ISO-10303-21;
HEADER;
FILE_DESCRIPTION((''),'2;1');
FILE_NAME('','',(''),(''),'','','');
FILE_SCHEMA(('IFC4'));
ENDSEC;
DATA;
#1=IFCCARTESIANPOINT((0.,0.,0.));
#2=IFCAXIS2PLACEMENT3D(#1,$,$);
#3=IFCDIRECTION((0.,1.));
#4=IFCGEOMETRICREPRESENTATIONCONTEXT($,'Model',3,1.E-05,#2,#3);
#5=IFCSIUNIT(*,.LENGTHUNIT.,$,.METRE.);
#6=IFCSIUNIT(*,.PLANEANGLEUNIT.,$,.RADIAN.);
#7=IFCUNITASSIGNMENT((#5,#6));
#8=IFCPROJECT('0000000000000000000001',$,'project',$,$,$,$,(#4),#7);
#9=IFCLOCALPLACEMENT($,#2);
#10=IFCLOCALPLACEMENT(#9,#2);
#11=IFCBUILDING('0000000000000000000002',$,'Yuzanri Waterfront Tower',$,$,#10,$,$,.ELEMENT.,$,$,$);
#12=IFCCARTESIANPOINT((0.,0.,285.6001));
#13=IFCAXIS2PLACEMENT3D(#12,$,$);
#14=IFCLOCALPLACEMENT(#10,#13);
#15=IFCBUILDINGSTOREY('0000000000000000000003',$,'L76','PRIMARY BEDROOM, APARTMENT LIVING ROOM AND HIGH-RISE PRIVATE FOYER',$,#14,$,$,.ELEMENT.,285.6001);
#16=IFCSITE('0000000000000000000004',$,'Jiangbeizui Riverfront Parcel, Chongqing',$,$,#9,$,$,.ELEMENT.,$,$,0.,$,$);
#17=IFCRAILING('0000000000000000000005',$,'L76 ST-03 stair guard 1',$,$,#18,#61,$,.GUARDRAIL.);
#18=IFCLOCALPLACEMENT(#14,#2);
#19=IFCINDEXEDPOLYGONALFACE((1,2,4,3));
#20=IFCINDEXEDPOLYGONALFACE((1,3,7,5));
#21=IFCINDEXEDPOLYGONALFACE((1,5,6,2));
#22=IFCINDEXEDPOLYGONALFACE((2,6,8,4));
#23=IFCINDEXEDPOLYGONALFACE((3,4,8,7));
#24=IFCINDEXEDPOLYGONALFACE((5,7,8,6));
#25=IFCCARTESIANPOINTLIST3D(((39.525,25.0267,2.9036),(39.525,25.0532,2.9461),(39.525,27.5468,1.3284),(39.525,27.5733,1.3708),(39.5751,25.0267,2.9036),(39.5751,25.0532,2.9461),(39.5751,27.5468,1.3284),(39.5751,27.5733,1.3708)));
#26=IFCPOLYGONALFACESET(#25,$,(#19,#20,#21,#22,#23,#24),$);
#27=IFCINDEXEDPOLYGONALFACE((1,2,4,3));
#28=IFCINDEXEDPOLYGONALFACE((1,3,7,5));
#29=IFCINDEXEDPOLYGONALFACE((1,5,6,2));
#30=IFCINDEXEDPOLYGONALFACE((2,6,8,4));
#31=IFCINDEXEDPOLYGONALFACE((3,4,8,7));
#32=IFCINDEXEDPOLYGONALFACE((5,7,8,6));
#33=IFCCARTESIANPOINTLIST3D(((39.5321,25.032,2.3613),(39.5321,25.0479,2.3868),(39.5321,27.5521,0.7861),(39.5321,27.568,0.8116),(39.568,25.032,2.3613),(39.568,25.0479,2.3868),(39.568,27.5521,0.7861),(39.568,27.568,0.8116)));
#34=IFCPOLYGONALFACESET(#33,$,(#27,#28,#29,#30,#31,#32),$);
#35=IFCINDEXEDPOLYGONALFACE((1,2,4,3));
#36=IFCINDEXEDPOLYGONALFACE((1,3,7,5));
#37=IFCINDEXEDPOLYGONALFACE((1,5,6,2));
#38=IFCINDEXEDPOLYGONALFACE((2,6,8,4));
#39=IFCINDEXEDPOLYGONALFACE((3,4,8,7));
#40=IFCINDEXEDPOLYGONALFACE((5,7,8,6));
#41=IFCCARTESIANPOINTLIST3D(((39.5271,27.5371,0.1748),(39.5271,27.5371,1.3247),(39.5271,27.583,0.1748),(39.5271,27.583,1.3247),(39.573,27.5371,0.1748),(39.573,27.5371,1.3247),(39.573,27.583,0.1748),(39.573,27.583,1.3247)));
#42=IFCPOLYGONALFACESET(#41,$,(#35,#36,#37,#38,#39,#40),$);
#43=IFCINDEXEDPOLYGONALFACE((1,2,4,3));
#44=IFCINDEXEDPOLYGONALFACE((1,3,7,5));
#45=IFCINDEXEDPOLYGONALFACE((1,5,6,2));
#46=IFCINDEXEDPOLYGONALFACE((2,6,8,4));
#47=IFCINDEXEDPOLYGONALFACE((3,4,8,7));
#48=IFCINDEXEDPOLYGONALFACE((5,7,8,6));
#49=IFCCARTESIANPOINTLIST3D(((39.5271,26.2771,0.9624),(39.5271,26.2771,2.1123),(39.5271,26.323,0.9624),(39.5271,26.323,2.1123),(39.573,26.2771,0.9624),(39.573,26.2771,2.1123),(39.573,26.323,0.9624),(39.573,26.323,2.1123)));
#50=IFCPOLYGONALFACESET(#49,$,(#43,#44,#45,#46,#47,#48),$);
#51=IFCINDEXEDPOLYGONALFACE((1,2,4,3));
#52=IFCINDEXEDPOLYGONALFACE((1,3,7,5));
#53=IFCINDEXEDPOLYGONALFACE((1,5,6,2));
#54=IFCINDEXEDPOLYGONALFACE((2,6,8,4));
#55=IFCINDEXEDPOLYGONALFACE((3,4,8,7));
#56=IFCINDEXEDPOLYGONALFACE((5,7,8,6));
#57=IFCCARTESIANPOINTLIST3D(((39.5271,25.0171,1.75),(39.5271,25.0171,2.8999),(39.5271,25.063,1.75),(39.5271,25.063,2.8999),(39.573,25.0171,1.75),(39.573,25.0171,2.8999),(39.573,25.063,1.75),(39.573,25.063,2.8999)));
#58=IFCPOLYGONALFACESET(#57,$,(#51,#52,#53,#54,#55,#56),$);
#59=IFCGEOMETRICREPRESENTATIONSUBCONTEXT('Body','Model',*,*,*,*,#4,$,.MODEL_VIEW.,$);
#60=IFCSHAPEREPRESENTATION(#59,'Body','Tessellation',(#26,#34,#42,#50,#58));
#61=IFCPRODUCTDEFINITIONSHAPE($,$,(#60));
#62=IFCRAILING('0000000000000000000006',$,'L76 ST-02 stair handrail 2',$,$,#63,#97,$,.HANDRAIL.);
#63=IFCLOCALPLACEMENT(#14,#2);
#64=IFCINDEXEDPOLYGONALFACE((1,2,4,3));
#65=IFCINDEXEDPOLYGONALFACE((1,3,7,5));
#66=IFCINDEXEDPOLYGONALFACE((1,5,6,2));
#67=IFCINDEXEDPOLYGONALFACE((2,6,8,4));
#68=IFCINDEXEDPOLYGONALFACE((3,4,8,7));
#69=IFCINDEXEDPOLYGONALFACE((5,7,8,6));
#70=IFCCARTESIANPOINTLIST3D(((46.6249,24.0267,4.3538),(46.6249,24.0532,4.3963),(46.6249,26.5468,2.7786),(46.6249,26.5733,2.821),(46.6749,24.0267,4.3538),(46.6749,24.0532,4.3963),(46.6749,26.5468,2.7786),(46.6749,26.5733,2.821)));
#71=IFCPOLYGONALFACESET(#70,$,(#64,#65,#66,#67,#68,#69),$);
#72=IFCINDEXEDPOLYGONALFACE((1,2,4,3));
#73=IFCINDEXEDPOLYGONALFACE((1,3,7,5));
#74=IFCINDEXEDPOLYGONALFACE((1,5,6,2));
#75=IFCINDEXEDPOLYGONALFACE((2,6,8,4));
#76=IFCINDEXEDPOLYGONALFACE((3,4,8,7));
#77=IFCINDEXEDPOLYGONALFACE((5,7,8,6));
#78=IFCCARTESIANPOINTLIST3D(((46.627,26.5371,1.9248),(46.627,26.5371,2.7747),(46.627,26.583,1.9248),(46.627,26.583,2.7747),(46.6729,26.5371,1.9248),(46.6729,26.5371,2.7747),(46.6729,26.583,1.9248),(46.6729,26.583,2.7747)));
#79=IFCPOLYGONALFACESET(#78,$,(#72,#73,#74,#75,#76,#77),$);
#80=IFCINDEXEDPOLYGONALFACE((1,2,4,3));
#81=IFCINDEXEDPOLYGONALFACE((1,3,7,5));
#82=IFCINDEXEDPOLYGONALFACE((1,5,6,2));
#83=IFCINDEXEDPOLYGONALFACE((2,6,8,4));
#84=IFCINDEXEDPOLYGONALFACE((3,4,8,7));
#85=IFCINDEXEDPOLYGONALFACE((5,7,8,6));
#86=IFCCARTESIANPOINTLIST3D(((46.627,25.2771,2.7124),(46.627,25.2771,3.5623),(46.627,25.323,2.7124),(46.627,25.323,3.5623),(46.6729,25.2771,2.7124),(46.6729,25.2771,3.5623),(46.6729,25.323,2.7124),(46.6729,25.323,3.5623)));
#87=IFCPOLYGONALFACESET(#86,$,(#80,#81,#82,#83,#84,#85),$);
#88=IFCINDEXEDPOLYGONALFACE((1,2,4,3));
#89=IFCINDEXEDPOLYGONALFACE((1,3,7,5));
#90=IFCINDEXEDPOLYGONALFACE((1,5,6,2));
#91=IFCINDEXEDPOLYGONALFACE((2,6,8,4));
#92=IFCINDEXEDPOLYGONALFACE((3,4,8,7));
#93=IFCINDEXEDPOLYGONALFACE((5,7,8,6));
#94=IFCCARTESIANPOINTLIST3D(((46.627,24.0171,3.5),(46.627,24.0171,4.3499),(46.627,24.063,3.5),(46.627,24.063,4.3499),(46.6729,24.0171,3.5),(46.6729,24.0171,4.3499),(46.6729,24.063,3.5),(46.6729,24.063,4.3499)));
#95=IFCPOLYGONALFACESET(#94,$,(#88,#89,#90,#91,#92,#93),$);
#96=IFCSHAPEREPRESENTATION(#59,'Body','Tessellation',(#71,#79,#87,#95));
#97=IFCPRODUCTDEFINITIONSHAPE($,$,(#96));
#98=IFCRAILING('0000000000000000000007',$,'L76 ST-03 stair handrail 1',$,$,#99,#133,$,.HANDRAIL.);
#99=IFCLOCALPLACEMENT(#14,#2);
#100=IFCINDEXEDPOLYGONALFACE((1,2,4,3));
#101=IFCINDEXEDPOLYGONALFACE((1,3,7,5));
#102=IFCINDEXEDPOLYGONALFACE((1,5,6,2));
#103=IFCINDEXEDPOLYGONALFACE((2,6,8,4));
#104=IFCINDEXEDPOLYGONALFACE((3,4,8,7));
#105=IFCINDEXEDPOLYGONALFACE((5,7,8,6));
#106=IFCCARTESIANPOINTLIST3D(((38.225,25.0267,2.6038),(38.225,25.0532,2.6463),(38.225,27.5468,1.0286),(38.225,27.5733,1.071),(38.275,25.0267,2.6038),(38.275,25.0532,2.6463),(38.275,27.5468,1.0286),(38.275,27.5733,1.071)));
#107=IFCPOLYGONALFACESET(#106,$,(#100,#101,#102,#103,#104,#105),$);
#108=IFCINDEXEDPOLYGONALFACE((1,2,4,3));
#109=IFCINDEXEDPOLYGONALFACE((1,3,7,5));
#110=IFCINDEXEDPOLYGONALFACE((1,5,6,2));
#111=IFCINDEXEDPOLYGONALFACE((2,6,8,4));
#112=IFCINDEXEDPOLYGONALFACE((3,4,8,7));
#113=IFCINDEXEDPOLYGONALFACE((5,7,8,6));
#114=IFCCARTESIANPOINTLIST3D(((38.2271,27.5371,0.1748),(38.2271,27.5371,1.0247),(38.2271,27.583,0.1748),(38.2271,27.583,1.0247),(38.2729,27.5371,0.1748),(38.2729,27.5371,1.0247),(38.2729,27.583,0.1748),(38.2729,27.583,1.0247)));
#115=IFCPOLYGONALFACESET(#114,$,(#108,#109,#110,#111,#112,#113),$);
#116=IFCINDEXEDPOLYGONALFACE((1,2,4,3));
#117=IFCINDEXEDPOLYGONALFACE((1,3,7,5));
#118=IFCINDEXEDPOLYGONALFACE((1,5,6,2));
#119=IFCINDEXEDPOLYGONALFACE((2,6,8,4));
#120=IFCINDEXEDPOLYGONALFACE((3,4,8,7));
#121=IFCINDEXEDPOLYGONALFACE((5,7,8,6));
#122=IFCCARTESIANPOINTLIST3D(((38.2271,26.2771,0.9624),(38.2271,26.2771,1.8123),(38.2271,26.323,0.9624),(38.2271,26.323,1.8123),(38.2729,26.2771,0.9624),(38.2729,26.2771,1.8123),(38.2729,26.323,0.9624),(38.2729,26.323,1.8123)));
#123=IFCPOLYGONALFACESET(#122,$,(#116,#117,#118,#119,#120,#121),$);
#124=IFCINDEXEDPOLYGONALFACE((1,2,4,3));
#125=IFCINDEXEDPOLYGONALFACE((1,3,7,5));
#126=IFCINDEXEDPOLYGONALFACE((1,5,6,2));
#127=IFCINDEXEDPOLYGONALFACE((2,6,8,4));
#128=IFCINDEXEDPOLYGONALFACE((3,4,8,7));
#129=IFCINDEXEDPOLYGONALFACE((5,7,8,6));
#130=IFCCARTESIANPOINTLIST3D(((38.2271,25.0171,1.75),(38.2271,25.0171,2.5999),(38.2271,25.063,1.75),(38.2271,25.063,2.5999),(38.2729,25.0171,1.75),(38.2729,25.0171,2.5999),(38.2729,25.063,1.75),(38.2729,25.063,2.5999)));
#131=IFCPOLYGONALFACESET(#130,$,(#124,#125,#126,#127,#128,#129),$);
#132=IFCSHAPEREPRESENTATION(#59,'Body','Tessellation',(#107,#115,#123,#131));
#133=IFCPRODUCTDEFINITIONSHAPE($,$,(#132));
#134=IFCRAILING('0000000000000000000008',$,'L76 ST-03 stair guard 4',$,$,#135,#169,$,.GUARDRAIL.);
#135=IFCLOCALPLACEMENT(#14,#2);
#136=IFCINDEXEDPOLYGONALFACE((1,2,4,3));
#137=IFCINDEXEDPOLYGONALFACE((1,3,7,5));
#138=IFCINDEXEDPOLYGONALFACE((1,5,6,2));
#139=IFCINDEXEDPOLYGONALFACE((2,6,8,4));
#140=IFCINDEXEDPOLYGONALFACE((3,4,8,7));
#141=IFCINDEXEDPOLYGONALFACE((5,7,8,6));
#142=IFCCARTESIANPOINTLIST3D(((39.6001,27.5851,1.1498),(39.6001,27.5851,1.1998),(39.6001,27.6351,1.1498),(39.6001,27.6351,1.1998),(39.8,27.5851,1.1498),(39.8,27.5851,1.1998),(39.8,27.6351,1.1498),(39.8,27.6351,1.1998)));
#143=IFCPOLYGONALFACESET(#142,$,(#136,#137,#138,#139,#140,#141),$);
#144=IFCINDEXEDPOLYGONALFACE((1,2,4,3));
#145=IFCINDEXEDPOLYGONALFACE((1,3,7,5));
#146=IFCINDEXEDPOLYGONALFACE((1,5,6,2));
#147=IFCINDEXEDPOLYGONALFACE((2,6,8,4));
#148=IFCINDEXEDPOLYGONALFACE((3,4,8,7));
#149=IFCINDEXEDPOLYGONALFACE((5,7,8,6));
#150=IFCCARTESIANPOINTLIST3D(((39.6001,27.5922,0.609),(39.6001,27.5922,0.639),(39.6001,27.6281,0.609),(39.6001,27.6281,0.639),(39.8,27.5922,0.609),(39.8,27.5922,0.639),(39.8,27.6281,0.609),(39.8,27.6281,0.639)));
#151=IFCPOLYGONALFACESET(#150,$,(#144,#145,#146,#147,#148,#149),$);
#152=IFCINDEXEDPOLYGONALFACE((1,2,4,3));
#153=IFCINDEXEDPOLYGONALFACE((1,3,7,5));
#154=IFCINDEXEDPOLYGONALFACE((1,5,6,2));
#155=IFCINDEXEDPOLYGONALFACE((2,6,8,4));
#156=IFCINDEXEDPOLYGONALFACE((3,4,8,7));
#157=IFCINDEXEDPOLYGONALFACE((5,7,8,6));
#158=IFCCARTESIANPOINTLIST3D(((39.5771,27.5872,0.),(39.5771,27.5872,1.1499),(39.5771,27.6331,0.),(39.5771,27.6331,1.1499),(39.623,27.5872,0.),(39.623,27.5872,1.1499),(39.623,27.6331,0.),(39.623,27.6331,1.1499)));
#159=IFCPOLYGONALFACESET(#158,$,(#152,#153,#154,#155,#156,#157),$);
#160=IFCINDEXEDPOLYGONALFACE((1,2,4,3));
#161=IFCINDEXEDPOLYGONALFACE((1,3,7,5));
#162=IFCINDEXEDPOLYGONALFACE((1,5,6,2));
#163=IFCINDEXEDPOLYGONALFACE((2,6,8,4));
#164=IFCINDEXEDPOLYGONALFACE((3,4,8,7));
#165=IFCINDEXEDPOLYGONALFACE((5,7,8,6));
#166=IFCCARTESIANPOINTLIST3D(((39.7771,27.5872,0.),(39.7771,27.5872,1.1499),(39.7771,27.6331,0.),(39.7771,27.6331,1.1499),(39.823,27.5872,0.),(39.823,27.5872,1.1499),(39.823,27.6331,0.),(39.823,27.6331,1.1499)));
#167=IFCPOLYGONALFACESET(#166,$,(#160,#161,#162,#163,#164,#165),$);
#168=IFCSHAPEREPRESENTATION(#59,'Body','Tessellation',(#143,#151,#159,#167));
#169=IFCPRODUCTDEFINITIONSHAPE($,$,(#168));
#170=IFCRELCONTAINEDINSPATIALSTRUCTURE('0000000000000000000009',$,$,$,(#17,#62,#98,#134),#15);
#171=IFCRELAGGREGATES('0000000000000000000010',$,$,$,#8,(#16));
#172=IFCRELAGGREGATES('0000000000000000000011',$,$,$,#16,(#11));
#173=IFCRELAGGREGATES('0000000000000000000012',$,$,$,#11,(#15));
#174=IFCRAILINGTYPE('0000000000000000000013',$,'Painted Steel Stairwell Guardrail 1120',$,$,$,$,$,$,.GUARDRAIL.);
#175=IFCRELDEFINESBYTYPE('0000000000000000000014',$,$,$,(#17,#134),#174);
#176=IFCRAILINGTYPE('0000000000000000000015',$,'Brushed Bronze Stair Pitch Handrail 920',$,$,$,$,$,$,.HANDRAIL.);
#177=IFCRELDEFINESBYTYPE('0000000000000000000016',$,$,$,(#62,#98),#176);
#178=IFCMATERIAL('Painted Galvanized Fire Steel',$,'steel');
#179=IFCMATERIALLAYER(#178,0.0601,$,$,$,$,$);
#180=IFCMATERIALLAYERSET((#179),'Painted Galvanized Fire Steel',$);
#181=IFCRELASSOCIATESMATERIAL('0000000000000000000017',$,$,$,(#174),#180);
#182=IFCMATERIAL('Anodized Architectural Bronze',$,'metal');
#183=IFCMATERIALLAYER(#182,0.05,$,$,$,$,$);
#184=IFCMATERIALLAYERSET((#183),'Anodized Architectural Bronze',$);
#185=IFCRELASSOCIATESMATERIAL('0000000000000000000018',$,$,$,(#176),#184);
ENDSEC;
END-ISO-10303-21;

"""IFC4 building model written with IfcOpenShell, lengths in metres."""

from ifc_helpers import new_model, si_unit, direction, frame, origin, origin_2d, place, context, subcontext, project, spatial, rectangle, extrude, source, transform, mapped, material, layer, layer_set, type_object, element, save


model = new_model("IFC4")

# Units and contexts
model_context = context("Model", 3, precision=1e-05, world=origin(), true_north=direction((0.0, 1.0)))
body_context = subcontext(model_context, "Body", "Model", "MODEL_VIEW")
ifc_project = project(units=[si_unit("LENGTHUNIT", "METRE"), si_unit("PLANEANGLEUNIT", "RADIAN")], contexts=[model_context])

# Site, building, storey
site_placement = place(None, origin())
site = spatial("IfcSite", under=ifc_project, at=site_placement, Name="Jiangbeizui Riverfront Parcel, Chongqing", CompositionType="ELEMENT", RefElevation=0.0)
building_placement = place(site_placement, origin())
building = spatial("IfcBuilding", under=site, at=building_placement, Name="Yuzanri Waterfront Tower", CompositionType="ELEMENT")
storey_placement = place(building_placement, frame((0.0, 0.0, 285.6001)))
storey = spatial("IfcBuildingStorey", under=building, at=storey_placement, Name="L76", Description="PRIMARY BEDROOM, APARTMENT LIVING ROOM AND HIGH-RISE PRIVATE FOYER", CompositionType="ELEMENT", Elevation=285.6001)

# Railings
ifc_material_1 = material(Name="Painted Galvanized Fire Steel", Category="steel")
ifc_layer_1 = layer(ifc_material_1, 0.0601)
ifc_layer_set_1 = layer_set([ifc_layer_1], Name="Painted Galvanized Fire Steel")
railing_type_1 = type_object("IfcRailingType", Name="Painted Steel Stairwell Guardrail 1120", PredefinedType="GUARDRAIL", material=ifc_layer_set_1)
shared_shape_1 = source(origin(), body_context, "Body", "SweptSolid", [
    extrude(rectangle(XDim=0.05, YDim=0.05, at=origin_2d()), frame((0.0, 0.0, 1.1748), z_axis=(0.0, -0.847971, 0.530043), x_axis=(1.0, 0.0, 0.0)), (0.0, 0.0, 1.0), 2.9719),
    extrude(rectangle(XDim=0.0359, YDim=0.03, at=origin_2d()), frame((0.0, 0.0, 0.624), z_axis=(0.0, -0.847971, 0.530043), x_axis=(1.0, 0.0, 0.0)), (0.0, 0.0, 1.0), 2.9719),
    extrude(rectangle(XDim=0.0459, YDim=0.0459, at=origin_2d()), origin(), (0.0, 0.0, 1.0), 1.1499),
    extrude(rectangle(XDim=0.0459, YDim=0.0459, at=origin_2d()), frame((0.0, -1.26, 0.7876)), (0.0, 0.0, 1.0), 1.1499),
    extrude(rectangle(XDim=0.0459, YDim=0.0459, at=origin_2d()), frame((0.0, -2.52, 1.5752)), (0.0, 0.0, 1.0), 1.1499),
])
for number, where, name in (
    (1, (39.55, 27.5601, 0.1748), "L76 ST-03 stair guard 1"),
):
    element("IfcRailing", number, at=place(storey_placement, frame(where)), inside=storey, type_object=railing_type_1, Name=name, PredefinedType="GUARDRAIL", context=body_context, shape_type="MappedRepresentation", body=[
        mapped(shared_shape_1, transform((0.0, 0.0, 0.0), scale=1.0)),
    ])
ifc_material_2 = material(Name="Anodized Architectural Bronze", Category="metal")
ifc_layer_2 = layer(ifc_material_2, 0.05)
ifc_layer_set_2 = layer_set([ifc_layer_2], Name="Anodized Architectural Bronze")
railing_type_2 = type_object("IfcRailingType", Name="Brushed Bronze Stair Pitch Handrail 920", PredefinedType="HANDRAIL", material=ifc_layer_set_2)
shared_shape_2 = source(origin(), body_context, "Body", "SweptSolid", [
    extrude(rectangle(XDim=0.05, YDim=0.05, at=origin_2d()), frame((0.0, 0.0, 0.875), z_axis=(0.0, -0.847971, 0.530043), x_axis=(1.0, 0.0, 0.0)), (0.0, 0.0, 1.0), 2.9719),
    extrude(rectangle(XDim=0.0459, YDim=0.0459, at=origin_2d()), origin(), (0.0, 0.0, 1.0), 0.8499),
    extrude(rectangle(XDim=0.0459, YDim=0.0459, at=origin_2d()), frame((0.0, -1.26, 0.7876)), (0.0, 0.0, 1.0), 0.8499),
    extrude(rectangle(XDim=0.0459, YDim=0.0459, at=origin_2d()), frame((0.0, -2.52, 1.5752)), (0.0, 0.0, 1.0), 0.8499),
])
for number, where, name in (
    (2, (46.6499, 26.5601, 1.9248), "L76 ST-02 stair handrail 2"),
    (3, (38.25, 27.5601, 0.1748), "L76 ST-03 stair handrail 1"),
):
    element("IfcRailing", number, at=place(storey_placement, frame(where)), inside=storey, type_object=railing_type_2, Name=name, PredefinedType="HANDRAIL", context=body_context, shape_type="MappedRepresentation", body=[
        mapped(shared_shape_2, transform((0.0, 0.0, 0.0), scale=1.0)),
    ])
shared_shape_3 = source(origin(), body_context, "Body", "SweptSolid", [
    extrude(rectangle(XDim=0.05, YDim=0.05, at=origin_2d()), frame((0.0, 0.0, 1.1748), z_axis=(1.0, 0.0, 0.0), x_axis=(0.0, 1.0, 0.0)), (0.0, 0.0, 1.0), 0.2),
    extrude(rectangle(XDim=0.0359, YDim=0.03, at=origin_2d()), frame((0.0, 0.0, 0.624), z_axis=(1.0, 0.0, 0.0), x_axis=(0.0, 1.0, 0.0)), (0.0, 0.0, 1.0), 0.2),
    extrude(rectangle(XDim=0.0459, YDim=0.0459, at=origin_2d()), origin(), (0.0, 0.0, 1.0), 1.1499),
    extrude(rectangle(XDim=0.0459, YDim=0.0459, at=origin_2d()), frame((0.2, 0.0, 0.0)), (0.0, 0.0, 1.0), 1.1499),
])
railing_placement = place(storey_placement, frame((39.6001, 27.6101, 0.0)))
element("IfcRailing", 4, at=railing_placement, inside=storey, type_object=railing_type_1, Name="L76 ST-03 stair guard 4", PredefinedType="GUARDRAIL", context=body_context, shape_type="MappedRepresentation", body=[
    mapped(shared_shape_3, transform((0.0, 0.0, 0.0), scale=1.0)),
])

save(model, "model.ifc")
